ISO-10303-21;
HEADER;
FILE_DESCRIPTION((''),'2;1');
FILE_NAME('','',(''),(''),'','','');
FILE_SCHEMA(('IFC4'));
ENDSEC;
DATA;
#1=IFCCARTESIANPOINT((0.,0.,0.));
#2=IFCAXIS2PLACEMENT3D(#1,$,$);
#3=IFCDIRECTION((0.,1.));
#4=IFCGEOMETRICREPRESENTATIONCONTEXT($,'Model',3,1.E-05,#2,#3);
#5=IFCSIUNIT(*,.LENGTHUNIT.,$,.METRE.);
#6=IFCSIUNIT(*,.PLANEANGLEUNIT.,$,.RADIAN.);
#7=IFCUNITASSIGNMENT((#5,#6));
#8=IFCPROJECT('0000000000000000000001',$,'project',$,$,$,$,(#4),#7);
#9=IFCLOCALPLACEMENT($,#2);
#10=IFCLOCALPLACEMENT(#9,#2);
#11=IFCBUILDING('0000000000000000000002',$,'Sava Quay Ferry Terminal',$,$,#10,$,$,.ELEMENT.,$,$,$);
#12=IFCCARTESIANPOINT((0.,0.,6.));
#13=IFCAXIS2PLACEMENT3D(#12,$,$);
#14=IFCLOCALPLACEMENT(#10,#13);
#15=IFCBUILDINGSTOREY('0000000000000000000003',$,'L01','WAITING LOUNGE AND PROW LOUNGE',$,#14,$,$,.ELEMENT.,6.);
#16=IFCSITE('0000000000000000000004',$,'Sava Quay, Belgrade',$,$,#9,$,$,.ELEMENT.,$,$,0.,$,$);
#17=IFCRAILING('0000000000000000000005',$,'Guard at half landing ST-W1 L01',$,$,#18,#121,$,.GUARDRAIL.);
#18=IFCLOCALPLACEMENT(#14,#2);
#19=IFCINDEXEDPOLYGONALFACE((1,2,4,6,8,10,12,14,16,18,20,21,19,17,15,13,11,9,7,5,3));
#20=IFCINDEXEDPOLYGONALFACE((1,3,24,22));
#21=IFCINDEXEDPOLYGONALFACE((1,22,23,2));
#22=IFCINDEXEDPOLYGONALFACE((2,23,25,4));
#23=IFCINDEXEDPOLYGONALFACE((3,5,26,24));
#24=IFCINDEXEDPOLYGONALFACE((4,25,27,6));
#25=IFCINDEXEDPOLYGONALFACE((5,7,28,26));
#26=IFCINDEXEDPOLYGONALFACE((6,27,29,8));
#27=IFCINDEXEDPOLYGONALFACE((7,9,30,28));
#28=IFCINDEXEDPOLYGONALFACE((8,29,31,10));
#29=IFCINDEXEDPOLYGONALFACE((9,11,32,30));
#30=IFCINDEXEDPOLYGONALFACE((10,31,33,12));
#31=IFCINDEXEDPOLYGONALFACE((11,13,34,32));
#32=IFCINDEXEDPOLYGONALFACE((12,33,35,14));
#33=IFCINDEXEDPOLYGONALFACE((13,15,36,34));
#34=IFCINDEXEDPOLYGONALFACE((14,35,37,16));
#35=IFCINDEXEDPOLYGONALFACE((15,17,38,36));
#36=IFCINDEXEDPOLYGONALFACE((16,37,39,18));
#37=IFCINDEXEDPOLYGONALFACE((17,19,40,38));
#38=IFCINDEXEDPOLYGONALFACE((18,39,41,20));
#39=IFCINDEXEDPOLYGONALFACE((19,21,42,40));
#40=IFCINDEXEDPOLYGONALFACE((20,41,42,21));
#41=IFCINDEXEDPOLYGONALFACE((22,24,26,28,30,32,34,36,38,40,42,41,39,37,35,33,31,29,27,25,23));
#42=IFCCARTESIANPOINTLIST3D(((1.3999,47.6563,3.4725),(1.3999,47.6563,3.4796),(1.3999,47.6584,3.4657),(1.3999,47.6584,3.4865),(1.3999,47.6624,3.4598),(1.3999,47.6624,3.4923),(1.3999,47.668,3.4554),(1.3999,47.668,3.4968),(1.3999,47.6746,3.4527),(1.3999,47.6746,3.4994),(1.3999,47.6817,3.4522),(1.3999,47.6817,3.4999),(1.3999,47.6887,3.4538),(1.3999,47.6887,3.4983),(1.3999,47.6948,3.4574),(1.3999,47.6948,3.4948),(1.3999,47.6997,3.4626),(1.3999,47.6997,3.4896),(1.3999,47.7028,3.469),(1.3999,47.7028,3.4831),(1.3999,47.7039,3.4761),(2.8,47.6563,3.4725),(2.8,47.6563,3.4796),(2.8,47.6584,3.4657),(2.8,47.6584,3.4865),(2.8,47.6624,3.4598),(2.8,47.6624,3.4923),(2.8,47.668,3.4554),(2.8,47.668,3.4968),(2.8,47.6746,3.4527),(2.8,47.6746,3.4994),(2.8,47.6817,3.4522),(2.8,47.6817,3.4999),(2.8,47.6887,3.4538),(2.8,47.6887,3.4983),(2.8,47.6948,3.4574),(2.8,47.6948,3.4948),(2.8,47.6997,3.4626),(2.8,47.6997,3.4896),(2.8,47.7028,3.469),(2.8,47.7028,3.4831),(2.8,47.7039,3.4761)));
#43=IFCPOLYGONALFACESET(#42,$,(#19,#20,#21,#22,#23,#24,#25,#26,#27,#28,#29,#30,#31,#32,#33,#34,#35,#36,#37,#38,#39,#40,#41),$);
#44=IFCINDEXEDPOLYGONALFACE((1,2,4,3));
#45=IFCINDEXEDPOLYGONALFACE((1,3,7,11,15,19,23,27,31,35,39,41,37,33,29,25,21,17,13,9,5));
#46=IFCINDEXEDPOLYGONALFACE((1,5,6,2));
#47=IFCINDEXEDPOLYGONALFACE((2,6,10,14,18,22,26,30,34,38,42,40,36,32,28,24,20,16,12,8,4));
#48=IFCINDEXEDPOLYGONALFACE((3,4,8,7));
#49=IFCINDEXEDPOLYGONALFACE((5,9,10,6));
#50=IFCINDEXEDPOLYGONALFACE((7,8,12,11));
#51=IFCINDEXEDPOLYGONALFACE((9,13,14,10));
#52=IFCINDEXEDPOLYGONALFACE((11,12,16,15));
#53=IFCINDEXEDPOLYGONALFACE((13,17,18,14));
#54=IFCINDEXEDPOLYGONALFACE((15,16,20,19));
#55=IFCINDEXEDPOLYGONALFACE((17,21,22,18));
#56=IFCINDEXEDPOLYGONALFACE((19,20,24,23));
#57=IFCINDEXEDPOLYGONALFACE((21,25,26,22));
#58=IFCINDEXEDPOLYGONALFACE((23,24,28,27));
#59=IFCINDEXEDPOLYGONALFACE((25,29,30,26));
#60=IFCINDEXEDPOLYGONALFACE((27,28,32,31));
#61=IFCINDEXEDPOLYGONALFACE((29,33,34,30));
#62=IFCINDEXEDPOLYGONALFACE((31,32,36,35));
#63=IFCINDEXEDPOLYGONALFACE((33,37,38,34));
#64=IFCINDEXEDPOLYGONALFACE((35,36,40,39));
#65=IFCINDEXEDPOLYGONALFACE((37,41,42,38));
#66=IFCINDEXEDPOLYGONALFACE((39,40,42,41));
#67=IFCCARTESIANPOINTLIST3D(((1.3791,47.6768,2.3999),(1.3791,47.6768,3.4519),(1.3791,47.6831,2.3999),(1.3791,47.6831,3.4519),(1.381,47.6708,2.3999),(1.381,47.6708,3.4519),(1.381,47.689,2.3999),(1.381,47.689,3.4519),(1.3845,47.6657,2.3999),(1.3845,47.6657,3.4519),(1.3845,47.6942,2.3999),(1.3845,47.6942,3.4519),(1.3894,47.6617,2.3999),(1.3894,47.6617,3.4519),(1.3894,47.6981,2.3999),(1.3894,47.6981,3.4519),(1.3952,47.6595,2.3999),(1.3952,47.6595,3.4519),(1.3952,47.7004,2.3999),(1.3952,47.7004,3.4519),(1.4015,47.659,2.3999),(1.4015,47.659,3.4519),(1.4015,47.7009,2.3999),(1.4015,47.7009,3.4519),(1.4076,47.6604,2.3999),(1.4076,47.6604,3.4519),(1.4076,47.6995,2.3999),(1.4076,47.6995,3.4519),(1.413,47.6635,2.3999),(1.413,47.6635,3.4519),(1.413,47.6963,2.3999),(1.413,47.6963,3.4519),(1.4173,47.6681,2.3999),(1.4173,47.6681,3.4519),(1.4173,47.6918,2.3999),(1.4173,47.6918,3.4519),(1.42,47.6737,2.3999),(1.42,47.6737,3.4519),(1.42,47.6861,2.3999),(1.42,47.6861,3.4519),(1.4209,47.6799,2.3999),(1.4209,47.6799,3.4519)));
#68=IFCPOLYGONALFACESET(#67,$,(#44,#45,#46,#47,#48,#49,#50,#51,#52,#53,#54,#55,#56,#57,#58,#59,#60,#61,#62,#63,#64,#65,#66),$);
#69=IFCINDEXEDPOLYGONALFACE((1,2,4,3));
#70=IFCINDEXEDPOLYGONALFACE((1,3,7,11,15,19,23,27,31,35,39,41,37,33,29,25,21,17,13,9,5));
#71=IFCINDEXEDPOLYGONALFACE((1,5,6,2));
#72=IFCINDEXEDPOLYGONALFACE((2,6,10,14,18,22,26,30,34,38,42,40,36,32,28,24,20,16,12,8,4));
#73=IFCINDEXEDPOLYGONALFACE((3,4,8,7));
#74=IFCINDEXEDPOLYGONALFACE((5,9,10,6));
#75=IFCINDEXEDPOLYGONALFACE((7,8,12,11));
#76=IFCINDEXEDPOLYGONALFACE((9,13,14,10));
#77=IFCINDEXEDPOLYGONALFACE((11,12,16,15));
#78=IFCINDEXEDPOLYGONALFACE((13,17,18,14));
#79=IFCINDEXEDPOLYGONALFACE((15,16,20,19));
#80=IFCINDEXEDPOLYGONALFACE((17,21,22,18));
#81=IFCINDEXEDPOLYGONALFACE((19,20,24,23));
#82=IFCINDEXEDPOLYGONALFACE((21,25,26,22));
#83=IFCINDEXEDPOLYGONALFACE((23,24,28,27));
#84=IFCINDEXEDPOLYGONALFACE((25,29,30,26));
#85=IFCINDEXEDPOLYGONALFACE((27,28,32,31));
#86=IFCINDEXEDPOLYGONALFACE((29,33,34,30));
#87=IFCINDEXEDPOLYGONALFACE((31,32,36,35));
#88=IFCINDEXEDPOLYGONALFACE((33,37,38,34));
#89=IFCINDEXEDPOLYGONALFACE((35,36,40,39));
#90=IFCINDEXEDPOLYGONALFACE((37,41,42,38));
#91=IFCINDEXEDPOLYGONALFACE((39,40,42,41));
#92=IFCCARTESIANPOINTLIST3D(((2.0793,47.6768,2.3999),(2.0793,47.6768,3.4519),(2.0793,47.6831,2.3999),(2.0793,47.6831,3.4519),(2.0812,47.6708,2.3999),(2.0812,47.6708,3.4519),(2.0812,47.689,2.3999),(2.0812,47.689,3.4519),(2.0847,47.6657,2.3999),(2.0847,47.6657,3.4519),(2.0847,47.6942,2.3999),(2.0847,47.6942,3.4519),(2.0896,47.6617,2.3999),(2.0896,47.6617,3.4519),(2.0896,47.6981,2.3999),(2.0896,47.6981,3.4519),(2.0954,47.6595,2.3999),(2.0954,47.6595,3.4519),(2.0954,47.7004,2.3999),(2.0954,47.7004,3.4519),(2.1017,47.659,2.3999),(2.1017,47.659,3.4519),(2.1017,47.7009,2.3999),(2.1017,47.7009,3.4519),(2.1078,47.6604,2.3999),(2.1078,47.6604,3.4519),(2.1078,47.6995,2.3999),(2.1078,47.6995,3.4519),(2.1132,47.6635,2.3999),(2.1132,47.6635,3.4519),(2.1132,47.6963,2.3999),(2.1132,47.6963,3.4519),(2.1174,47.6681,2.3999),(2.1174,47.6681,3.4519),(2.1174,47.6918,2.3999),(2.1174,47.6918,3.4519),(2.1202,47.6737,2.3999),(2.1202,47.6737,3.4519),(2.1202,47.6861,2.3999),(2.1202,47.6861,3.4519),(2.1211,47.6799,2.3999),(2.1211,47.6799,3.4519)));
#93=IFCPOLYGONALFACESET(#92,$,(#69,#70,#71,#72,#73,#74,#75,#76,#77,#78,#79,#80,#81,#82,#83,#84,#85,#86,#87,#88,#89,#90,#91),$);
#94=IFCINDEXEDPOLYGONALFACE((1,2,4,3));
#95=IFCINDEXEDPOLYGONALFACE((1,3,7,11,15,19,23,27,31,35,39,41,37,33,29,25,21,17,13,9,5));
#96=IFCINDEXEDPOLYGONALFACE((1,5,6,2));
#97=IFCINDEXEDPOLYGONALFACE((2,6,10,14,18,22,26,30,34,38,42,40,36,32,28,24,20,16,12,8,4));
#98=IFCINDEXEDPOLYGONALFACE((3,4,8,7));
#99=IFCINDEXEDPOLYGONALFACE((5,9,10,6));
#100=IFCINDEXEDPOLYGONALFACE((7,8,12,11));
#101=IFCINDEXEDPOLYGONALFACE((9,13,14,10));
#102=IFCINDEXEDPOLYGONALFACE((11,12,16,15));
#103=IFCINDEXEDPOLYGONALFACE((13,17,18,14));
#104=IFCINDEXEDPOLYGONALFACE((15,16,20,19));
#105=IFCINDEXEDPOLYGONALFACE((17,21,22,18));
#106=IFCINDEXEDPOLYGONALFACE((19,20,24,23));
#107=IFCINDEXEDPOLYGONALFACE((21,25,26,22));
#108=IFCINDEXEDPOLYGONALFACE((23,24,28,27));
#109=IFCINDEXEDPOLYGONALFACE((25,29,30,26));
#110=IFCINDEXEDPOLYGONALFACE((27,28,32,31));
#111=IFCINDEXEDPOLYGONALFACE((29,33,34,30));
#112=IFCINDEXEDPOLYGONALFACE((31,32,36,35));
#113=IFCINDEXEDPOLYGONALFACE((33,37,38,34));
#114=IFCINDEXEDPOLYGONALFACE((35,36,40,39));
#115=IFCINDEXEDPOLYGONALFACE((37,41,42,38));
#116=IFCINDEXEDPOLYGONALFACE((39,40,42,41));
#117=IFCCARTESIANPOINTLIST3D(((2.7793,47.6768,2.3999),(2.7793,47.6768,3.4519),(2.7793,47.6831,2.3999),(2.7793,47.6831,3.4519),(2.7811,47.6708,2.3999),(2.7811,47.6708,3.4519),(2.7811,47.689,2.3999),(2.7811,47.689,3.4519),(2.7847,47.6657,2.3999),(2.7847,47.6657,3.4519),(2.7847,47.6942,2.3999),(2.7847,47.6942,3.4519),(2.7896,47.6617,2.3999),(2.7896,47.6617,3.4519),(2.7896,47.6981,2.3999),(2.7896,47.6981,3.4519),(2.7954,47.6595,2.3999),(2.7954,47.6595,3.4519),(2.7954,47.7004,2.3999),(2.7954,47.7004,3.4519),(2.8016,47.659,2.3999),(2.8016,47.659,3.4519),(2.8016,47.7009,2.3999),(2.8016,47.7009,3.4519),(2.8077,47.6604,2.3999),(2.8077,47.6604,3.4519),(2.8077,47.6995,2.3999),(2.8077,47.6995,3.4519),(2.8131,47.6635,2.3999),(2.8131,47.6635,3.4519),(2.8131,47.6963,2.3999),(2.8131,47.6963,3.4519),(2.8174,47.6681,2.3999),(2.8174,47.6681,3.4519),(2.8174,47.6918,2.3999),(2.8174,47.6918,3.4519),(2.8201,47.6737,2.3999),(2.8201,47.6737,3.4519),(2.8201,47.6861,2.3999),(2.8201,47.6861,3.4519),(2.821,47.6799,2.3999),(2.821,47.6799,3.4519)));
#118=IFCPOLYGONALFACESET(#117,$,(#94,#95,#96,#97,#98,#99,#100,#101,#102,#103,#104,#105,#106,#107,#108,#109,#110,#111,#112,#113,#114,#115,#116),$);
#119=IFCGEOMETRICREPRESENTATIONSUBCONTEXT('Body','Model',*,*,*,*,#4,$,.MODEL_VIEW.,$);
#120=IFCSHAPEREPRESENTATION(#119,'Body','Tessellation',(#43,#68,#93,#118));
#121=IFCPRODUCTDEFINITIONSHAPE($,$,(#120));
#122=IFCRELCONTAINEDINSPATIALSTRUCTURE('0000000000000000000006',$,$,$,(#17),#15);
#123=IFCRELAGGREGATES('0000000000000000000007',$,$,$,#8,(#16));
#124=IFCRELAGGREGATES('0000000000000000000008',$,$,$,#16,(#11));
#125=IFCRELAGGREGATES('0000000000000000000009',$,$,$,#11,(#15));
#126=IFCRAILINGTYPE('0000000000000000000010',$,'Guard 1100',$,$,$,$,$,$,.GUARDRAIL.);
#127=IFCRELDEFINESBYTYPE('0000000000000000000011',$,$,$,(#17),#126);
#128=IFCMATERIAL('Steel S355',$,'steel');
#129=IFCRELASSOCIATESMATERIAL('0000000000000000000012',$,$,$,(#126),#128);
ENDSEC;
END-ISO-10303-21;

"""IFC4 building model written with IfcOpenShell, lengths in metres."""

from ifc_helpers import new_model, si_unit, direction, frame, origin, origin_2d, place, context, subcontext, project, spatial, circle, extrude, material, type_object, element, save


model = new_model("IFC4")

# Units and contexts
model_context = context("Model", 3, precision=1e-05, world=origin(), true_north=direction((0.0, 1.0)))
body_context = subcontext(model_context, "Body", "Model", "MODEL_VIEW")
ifc_project = project(units=[si_unit("LENGTHUNIT", "METRE"), si_unit("PLANEANGLEUNIT", "RADIAN")], contexts=[model_context])

# Site, building, storey
site_placement = place(None, origin())
site = spatial("IfcSite", under=ifc_project, at=site_placement, Name="Sava Quay, Belgrade", CompositionType="ELEMENT", RefElevation=0.0)
building_placement = place(site_placement, origin())
building = spatial("IfcBuilding", under=site, at=building_placement, Name="Sava Quay Ferry Terminal", CompositionType="ELEMENT")
storey_placement = place(building_placement, frame((0.0, 0.0, 6.0)))
storey = spatial("IfcBuildingStorey", under=building, at=storey_placement, Name="L01", Description="WAITING LOUNGE AND PROW LOUNGE", CompositionType="ELEMENT", Elevation=6.0)

# Railing
ifc_material_1 = material(Name="Steel S355", Category="steel")
railing_type_1 = type_object("IfcRailingType", Name="Guard 1100", PredefinedType="GUARDRAIL", material=ifc_material_1)
railing_1_placement = place(storey_placement, frame((1.3999, 47.6799, 2.3999)))
element("IfcRailing", 1, at=railing_1_placement, inside=storey, type_object=railing_type_1, Name="Guard at half landing ST-W1 L01", PredefinedType="GUARDRAIL", context=body_context, shape_type="SweptSolid", body=[
    extrude(circle(Radius=0.0239, at=origin_2d()), frame((0.0, 0.0, 1.0762), z_axis=(1.0, 0.0, 0.0), x_axis=(0.0, 1.0, 0.0)), (0.0, 0.0, 1.0), 1.4001),
    extrude(circle(Radius=0.021, at=origin_2d()), origin(), (0.0, 0.0, 1.0), 1.052),
    extrude(circle(Radius=0.021, at=origin_2d()), frame((0.7002, 0.0, 0.0)), (0.0, 0.0, 1.0), 1.052),
    extrude(circle(Radius=0.021, at=origin_2d()), frame((1.4001, 0.0, 0.0)), (0.0, 0.0, 1.0), 1.052),
])

save(model, "model.ifc")
